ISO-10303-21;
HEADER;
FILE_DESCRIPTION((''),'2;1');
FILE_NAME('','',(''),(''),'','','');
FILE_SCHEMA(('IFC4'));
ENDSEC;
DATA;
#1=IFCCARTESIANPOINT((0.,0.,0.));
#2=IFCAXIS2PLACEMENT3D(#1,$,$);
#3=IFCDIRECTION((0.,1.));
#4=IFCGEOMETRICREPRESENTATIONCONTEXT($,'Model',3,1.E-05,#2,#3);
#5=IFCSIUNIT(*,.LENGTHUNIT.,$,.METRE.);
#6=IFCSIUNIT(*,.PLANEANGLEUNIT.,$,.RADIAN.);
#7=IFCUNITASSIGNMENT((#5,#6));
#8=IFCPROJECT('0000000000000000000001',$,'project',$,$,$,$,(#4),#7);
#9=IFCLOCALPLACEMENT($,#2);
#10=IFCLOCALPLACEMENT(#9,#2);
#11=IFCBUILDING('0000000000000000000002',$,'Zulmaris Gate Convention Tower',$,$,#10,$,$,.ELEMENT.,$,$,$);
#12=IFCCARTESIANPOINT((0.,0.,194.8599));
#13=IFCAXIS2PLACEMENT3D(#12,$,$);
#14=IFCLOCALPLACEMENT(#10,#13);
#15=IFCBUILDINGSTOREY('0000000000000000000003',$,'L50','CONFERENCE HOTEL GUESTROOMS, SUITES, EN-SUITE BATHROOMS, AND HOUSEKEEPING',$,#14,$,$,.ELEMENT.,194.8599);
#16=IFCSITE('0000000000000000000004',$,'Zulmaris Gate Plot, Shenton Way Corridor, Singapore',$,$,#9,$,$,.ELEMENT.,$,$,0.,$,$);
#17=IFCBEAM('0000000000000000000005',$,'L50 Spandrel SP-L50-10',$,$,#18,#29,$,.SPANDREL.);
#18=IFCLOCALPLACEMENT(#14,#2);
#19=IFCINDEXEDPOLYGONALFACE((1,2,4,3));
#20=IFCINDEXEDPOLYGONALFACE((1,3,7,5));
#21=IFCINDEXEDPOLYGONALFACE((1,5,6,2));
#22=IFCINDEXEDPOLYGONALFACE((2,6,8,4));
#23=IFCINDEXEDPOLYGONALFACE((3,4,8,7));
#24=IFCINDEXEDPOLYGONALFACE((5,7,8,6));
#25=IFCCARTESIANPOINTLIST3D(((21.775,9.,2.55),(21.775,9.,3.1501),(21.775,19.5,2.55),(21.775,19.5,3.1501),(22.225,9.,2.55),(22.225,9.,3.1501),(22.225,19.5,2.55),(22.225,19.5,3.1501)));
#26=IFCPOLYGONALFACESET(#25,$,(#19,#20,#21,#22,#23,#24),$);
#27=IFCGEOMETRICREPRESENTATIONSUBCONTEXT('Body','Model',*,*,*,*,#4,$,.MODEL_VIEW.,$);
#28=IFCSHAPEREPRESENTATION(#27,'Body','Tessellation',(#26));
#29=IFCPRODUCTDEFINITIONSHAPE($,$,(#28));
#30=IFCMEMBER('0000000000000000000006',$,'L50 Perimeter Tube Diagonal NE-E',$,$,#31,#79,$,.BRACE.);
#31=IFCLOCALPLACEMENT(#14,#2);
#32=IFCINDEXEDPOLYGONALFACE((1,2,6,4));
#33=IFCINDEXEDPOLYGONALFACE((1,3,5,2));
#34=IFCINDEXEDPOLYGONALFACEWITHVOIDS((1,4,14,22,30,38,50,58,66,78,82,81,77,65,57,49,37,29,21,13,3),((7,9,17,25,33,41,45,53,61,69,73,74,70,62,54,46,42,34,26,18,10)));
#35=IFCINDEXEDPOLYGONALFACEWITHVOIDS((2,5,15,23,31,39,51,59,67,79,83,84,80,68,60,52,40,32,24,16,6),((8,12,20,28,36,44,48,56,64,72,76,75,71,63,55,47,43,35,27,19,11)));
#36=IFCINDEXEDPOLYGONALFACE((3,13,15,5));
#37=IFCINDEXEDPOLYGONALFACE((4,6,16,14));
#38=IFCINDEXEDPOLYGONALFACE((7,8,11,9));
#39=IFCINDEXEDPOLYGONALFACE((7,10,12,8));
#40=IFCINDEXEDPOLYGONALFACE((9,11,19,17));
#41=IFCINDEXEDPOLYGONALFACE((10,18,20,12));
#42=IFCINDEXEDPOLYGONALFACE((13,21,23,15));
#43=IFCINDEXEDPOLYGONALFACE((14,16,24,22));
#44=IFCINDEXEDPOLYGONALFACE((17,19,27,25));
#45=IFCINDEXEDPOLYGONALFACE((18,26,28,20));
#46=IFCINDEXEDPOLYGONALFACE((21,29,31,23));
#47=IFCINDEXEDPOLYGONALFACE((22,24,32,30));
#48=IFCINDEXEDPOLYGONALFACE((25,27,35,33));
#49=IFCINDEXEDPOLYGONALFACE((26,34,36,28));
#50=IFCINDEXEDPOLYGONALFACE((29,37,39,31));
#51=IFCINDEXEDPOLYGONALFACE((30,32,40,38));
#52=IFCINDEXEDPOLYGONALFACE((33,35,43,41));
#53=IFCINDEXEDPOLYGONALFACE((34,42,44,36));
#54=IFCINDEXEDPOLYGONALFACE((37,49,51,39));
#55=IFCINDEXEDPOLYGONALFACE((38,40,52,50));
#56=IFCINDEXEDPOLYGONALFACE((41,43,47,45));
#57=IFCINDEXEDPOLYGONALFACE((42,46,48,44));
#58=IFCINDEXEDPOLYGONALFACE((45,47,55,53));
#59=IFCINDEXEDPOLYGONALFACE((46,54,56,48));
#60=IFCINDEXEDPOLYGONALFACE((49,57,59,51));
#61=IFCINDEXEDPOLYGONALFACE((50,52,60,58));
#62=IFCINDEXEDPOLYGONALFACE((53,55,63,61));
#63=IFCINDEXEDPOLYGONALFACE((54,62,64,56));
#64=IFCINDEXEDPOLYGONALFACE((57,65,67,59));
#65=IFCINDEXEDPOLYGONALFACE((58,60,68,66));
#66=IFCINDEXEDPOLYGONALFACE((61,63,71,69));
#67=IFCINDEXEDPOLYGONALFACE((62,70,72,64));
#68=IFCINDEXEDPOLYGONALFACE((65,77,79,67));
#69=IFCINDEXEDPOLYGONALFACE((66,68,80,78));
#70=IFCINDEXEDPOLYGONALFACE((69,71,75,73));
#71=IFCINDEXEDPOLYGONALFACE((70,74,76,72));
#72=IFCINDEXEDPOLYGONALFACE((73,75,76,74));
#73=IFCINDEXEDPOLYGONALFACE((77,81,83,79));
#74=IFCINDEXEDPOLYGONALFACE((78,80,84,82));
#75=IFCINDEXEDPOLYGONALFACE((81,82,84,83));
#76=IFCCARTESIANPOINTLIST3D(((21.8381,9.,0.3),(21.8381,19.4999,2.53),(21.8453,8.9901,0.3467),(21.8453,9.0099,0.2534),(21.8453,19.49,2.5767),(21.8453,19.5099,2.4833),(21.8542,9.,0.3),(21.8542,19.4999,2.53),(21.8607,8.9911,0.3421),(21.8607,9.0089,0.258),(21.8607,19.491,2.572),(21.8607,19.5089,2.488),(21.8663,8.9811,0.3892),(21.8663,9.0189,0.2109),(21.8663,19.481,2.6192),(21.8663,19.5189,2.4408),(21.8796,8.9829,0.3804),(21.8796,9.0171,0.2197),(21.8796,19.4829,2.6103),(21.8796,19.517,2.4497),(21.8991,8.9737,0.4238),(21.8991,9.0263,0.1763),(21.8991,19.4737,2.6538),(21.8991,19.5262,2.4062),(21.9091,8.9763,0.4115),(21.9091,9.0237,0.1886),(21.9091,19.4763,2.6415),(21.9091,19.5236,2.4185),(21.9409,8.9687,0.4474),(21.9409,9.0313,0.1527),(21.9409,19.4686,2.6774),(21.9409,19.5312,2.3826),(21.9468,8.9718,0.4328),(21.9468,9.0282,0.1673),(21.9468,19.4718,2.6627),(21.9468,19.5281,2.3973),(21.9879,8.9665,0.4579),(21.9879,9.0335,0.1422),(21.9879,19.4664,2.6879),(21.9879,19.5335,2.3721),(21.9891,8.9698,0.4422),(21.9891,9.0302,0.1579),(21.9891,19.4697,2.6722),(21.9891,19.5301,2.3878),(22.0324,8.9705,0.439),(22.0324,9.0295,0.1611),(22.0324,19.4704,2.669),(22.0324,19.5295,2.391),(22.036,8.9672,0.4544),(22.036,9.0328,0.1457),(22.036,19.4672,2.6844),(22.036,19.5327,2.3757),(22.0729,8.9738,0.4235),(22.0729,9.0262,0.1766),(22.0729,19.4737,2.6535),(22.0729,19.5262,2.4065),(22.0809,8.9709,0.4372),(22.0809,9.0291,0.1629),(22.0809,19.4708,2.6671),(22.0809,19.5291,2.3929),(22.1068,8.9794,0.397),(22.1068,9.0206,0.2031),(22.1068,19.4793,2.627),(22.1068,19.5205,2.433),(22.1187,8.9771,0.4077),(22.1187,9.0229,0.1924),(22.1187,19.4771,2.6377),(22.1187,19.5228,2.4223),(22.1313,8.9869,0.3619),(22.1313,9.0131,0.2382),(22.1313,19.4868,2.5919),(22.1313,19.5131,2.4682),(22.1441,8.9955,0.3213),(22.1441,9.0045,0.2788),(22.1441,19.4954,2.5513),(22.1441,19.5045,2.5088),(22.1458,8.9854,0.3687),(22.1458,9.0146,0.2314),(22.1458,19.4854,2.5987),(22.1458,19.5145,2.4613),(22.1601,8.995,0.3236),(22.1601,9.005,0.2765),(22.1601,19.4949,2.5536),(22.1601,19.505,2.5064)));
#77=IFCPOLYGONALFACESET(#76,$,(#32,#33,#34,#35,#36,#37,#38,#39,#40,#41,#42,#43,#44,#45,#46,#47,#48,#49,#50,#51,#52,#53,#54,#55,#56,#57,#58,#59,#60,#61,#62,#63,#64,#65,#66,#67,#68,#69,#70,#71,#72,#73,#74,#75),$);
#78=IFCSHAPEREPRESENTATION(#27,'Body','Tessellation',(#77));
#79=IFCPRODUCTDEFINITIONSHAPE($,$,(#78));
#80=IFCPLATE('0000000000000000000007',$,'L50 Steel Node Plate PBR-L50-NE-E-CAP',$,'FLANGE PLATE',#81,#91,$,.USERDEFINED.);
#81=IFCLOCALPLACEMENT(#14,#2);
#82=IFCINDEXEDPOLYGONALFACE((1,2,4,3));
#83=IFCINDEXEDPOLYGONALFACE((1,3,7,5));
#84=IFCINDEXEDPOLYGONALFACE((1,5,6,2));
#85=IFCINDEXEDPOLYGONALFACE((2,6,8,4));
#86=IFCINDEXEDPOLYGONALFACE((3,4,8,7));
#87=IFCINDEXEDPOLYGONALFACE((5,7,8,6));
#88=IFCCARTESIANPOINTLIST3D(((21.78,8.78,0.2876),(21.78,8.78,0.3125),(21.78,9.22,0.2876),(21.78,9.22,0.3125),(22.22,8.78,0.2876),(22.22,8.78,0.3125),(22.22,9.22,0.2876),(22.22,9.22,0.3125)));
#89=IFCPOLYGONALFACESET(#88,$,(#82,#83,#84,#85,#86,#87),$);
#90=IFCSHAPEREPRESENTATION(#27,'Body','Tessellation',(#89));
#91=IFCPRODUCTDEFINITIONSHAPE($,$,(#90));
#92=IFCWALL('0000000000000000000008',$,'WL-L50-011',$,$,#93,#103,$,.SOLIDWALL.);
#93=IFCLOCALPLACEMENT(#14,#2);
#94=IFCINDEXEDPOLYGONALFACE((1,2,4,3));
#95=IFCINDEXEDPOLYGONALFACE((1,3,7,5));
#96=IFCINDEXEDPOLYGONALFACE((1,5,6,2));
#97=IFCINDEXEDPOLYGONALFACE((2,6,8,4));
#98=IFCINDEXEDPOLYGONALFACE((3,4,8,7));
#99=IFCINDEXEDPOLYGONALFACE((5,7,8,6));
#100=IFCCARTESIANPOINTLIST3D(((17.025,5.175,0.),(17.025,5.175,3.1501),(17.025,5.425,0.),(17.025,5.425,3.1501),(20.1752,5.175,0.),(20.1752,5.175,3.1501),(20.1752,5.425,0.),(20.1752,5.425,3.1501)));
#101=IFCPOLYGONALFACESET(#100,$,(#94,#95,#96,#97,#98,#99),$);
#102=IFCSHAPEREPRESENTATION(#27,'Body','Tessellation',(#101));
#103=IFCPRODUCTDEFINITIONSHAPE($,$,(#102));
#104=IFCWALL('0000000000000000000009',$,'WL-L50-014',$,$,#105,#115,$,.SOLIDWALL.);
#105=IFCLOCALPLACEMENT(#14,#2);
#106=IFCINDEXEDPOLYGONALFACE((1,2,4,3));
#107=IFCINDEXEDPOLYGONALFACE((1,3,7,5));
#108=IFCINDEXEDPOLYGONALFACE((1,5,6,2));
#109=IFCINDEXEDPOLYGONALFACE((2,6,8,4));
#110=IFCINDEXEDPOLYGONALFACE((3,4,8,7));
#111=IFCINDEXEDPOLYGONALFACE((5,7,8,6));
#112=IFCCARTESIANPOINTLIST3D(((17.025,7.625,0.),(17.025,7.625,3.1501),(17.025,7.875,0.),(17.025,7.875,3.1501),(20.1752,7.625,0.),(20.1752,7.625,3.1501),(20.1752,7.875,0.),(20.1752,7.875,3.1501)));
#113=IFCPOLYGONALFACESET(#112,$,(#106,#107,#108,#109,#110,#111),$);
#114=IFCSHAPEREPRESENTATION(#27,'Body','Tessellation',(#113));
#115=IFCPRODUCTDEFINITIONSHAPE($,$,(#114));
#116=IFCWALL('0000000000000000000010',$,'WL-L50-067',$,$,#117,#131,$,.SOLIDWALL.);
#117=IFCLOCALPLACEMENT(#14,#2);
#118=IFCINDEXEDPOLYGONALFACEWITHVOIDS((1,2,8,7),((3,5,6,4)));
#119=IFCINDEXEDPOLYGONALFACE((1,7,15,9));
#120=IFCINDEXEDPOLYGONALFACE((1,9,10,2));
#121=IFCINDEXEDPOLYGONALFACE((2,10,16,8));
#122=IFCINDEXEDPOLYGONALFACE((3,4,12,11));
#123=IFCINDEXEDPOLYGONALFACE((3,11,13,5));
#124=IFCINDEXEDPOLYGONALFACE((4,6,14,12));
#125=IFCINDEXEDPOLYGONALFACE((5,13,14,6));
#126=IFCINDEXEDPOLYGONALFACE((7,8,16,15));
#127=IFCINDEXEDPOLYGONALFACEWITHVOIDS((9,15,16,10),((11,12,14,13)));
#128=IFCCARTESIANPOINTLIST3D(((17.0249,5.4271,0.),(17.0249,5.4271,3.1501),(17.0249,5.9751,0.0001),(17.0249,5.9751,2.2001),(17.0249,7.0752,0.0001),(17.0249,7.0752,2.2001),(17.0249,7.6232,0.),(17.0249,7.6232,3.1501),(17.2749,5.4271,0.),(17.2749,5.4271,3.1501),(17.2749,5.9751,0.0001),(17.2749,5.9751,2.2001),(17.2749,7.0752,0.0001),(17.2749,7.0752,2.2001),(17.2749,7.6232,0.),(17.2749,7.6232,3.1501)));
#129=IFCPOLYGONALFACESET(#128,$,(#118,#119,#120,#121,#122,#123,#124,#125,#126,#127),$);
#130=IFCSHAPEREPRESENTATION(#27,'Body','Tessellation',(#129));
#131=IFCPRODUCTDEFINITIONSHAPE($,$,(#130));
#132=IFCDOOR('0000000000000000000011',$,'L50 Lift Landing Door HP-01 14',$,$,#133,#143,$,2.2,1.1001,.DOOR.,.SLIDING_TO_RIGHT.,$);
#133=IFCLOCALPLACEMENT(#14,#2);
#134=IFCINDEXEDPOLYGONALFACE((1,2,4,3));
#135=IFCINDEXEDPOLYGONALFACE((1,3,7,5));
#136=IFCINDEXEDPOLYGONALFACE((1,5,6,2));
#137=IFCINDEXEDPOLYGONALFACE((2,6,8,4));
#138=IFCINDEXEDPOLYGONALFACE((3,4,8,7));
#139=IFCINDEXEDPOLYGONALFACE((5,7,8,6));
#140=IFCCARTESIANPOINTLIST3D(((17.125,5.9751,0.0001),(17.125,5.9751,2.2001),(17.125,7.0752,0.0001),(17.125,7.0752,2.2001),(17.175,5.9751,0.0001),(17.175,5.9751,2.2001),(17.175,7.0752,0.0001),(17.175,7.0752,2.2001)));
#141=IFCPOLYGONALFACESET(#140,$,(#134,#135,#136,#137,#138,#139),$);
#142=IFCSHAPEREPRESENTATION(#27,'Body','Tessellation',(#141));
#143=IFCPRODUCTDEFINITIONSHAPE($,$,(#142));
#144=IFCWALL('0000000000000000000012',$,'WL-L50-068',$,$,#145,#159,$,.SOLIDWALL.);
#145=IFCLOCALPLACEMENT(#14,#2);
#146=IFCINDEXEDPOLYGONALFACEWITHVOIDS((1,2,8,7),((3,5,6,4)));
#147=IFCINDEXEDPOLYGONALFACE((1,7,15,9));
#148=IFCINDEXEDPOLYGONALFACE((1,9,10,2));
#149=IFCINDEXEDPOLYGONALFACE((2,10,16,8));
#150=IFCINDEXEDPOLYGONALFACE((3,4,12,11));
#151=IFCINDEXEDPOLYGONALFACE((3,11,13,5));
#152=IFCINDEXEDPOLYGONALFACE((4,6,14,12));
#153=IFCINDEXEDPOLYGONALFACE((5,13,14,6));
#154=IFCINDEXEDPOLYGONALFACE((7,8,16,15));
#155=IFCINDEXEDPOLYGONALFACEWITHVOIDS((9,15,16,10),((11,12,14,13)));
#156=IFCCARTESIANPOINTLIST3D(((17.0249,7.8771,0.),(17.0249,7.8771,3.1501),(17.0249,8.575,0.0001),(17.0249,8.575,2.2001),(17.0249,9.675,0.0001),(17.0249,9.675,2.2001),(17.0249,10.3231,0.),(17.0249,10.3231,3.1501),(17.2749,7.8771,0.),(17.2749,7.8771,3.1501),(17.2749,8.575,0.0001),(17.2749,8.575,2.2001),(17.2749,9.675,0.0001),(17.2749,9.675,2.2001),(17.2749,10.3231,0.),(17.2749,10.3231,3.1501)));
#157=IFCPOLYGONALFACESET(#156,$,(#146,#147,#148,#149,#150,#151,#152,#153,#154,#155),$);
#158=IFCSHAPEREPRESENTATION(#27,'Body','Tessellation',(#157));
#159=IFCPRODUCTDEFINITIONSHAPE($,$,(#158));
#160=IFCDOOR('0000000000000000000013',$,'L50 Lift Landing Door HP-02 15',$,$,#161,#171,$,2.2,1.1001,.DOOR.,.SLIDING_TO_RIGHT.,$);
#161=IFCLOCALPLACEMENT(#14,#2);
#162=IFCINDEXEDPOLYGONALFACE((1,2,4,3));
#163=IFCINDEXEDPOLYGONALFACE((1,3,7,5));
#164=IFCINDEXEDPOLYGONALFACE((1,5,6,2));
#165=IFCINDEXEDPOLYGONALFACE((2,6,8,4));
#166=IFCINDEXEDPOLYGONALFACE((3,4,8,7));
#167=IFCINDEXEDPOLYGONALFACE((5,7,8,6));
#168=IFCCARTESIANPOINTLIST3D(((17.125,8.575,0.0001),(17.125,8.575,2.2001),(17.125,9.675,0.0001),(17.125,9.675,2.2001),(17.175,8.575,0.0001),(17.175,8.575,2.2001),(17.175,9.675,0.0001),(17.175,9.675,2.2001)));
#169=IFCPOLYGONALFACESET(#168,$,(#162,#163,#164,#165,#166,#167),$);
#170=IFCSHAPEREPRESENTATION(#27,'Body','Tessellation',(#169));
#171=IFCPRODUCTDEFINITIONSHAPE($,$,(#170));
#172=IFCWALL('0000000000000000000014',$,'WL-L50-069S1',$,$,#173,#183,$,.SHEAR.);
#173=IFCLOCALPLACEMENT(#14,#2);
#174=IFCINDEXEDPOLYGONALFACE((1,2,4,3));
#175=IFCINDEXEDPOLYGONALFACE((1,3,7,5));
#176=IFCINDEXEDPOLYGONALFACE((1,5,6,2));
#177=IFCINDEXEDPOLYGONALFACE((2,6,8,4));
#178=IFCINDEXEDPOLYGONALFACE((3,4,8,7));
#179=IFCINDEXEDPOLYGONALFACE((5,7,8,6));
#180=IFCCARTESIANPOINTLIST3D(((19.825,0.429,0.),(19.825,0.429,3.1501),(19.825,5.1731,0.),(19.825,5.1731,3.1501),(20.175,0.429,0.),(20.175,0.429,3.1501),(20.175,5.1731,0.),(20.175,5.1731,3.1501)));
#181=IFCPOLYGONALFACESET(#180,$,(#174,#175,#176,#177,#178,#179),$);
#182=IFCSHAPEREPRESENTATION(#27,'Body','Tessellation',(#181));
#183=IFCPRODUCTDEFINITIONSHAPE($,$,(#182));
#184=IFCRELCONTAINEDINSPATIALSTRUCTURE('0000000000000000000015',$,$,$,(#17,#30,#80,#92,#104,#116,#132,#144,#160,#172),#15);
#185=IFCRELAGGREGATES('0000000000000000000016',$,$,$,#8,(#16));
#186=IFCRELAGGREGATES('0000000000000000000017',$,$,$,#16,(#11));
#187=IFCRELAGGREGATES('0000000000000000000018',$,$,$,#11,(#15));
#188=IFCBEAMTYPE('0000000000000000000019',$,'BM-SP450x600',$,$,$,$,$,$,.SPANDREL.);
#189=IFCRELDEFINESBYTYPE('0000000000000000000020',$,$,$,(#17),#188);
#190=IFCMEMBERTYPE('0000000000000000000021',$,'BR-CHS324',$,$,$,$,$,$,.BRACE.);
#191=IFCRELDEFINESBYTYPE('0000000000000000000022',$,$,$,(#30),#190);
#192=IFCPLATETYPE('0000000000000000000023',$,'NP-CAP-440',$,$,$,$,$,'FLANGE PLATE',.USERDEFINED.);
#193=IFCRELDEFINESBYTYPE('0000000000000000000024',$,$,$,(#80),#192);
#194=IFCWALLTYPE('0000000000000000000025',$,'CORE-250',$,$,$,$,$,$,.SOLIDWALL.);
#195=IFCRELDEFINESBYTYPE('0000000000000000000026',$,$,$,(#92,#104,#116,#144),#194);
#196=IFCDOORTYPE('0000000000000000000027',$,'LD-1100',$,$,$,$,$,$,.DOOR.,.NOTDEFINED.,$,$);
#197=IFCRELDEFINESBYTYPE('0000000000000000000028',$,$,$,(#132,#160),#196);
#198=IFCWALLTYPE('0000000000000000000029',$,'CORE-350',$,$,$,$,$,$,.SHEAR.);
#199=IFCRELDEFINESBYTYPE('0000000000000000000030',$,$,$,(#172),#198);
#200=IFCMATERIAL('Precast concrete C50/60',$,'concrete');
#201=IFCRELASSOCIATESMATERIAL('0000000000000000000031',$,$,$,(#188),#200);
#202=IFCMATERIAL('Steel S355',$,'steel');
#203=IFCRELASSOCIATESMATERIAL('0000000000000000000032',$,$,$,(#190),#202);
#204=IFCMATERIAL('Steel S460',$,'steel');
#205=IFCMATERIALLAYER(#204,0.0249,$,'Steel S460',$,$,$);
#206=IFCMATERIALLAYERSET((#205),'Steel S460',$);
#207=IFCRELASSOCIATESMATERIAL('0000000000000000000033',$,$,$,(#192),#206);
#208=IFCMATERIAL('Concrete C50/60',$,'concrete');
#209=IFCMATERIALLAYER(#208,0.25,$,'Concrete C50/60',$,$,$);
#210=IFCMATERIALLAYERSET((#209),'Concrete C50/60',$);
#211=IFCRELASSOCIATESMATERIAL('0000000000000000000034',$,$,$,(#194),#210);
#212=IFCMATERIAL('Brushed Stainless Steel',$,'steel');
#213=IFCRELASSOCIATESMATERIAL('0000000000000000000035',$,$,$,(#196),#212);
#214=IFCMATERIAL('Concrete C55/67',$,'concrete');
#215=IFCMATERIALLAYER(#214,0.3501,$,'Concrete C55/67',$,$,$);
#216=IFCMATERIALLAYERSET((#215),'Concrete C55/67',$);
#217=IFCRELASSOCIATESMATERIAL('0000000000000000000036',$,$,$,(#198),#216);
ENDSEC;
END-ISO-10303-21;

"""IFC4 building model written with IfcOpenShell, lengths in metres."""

from ifc_helpers import new_model, si_unit, direction, frame, frame_2d, origin, origin_2d, place, context, subcontext, project, spatial, rectangle, hollow_circle, extrude, material, layer, layer_set, material_profile, profile_set, type_object, element, fill, save


model = new_model("IFC4")

# Units and contexts
model_context = context("Model", 3, precision=1e-05, world=origin(), true_north=direction((0.0, 1.0)))
body_context = subcontext(model_context, "Body", "Model", "MODEL_VIEW")
ifc_project = project(units=[si_unit("LENGTHUNIT", "METRE"), si_unit("PLANEANGLEUNIT", "RADIAN")], contexts=[model_context])

# Site, building, storey
site_placement = place(None, origin())
site = spatial("IfcSite", under=ifc_project, at=site_placement, Name="Zulmaris Gate Plot, Shenton Way Corridor, Singapore", CompositionType="ELEMENT", RefElevation=0.0)
building_placement = place(site_placement, origin())
building = spatial("IfcBuilding", under=site, at=building_placement, Name="Zulmaris Gate Convention Tower", CompositionType="ELEMENT")
storey_placement = place(building_placement, frame((0.0, 0.0, 194.8599)))
storey = spatial("IfcBuildingStorey", under=building, at=storey_placement, Name="L50", Description="CONFERENCE HOTEL GUESTROOMS, SUITES, EN-SUITE BATHROOMS, AND HOUSEKEEPING", CompositionType="ELEMENT", Elevation=194.8599)

# Beam
ifc_material_1 = material(Name="Steel S355", Category="steel")
ifc_material_2 = material(Name="Concrete C50/60", Category="concrete")
ifc_material_3 = material(Name="Precast concrete C50/60", Category="concrete")
ifc_material_profile_1 = material_profile(ifc_material_3, rectangle(XDim=0.45, YDim=0.6001, at=origin_2d()), Name="RC SPANDREL 450x600")
ifc_profile_set_1 = profile_set([ifc_material_profile_1], Name="Precast concrete C50/60")
beam_type_1 = type_object("IfcBeamType", Name="BM-SP450x600", PredefinedType="SPANDREL", material=ifc_profile_set_1)
beam_1_placement = place(storey_placement, frame((22.0, 9.0, 2.8501), z_axis=(0.0, 1.0, 0.0), x_axis=(-1.0, 0.0, 0.0)))
element("IfcBeam", 1, at=beam_1_placement, inside=storey, type_object=beam_type_1, Name="L50 Spandrel SP-L50-10", PredefinedType="SPANDREL", context=body_context, shape_type="SweptSolid", body=[
    extrude(rectangle(XDim=0.45, YDim=0.6001, at=origin_2d()), origin(), (0.0, 0.0, 1.0), 10.5),
])

# Member
ifc_material_profile_2 = material_profile(ifc_material_1, hollow_circle(Radius=0.1619, WallThickness=0.0161, at=origin_2d()), Name="CHS 323.9x16")
ifc_profile_set_2 = profile_set([ifc_material_profile_2], Name="Steel S355")
member_type = type_object("IfcMemberType", Name="BR-CHS324", PredefinedType="BRACE", material=ifc_profile_set_2)
member_placement = place(storey_placement, frame((22.0, 9.0, 0.3), z_axis=(0.0, 0.978183, 0.207746), x_axis=(-1.0, 0.0, 0.0)))
element("IfcMember", 2, at=member_placement, inside=storey, type_object=member_type, Name="L50 Perimeter Tube Diagonal NE-E", PredefinedType="BRACE", context=body_context, shape_type="SweptSolid", body=[
    extrude(hollow_circle(Radius=0.1619, WallThickness=0.0161, at=origin_2d()), origin(), (0.0, 0.0, 1.0), 10.7341),
])

# Plate
ifc_material_4 = material(Name="Steel S460", Category="steel")
ifc_layer_1 = layer(ifc_material_4, 0.0249, Name="Steel S460")
ifc_layer_set_1 = layer_set([ifc_layer_1], Name="Steel S460")
plate_type = type_object("IfcPlateType", Name="NP-CAP-440", ElementType="FLANGE PLATE", PredefinedType="USERDEFINED", material=ifc_layer_set_1)
plate_placement = place(storey_placement, frame((22.0, 9.0, 0.2876), z_axis=(0.0, 0.0, 1.0), x_axis=(1.0, 0.0, 0.0)))
element("IfcPlate", 3, at=plate_placement, inside=storey, type_object=plate_type, Name="L50 Steel Node Plate PBR-L50-NE-E-CAP", ObjectType="FLANGE PLATE", PredefinedType="USERDEFINED", context=body_context, shape_type="SweptSolid", body=[
    extrude(rectangle(XDim=0.4399, YDim=0.4399, at=origin_2d()), origin(), (0.0, 0.0, 1.0), 0.0249),
])

# Walls
ifc_layer_2 = layer(ifc_material_2, 0.25, Name="Concrete C50/60")
ifc_layer_set_2 = layer_set([ifc_layer_2], Name="Concrete C50/60")
wall_type_1 = type_object("IfcWallType", Name="CORE-250", PredefinedType="SOLIDWALL", material=ifc_layer_set_2)
for number, where, z_axis, x_axis, name in (
    (4, (17.0249, 5.3, 0.0), (0.0, 0.0, 1.0), (1.0, 0.0, 0.0), "WL-L50-011"),
    (5, (17.0249, 7.75, 0.0), (0.0, 0.0, 1.0), (1.0, 0.0, 0.0), "WL-L50-014"),
):
    element("IfcWall", number, at=place(storey_placement, frame(where, z_axis=z_axis, x_axis=x_axis)), inside=storey, type_object=wall_type_1, Name=name, PredefinedType="SOLIDWALL", context=body_context, shape_type="SweptSolid", body=[
        extrude(rectangle(XDim=3.1501, YDim=0.25, at=frame_2d((1.5752, 0.0))), origin(), (0.0, 0.0, 1.0), 3.1501),
    ])

# Walls, openings, doors
wall_1_placement = place(storey_placement, frame((17.1499, 5.427, 0.0), z_axis=(0.0, 0.0, 1.0), x_axis=(0.0, 1.0, 0.0)))
wall_1 = element("IfcWall", 6, at=wall_1_placement, inside=storey, type_object=wall_type_1, Name="WL-L50-067", PredefinedType="SOLIDWALL", context=body_context, shape_type="SweptSolid", body=[
    extrude(rectangle(XDim=2.196, YDim=0.25, at=frame_2d((1.0981, 0.0))), origin(), (0.0, 0.0, 1.0), 3.1501),
])
opening_1_placement = place(wall_1_placement, frame((0.5481, 0.0, 0.0)))
opening_1 = element("IfcOpeningElement", 7, at=opening_1_placement, cuts=wall_1, PredefinedType="OPENING", context=body_context, shape_type="SweptSolid", body=[
    extrude(rectangle(XDim=1.1001, YDim=2.2, at=frame_2d((0.55, 1.1001))), frame((0.0, 0.135, 0.0), z_axis=(0.0, -1.0, 0.0), x_axis=(1.0, 0.0, 0.0)), (0.0, 0.0, 1.0), 0.27),
])
ifc_material_5 = material(Name="Brushed Stainless Steel", Category="steel")
door_type = type_object("IfcDoorType", Name="LD-1100", OperationType="NOTDEFINED", PredefinedType="DOOR", material=ifc_material_5)
door_1_placement = place(opening_1_placement, origin())
door_1 = element("IfcDoor", 8, at=door_1_placement, inside=storey, type_object=door_type, Name="L50 Lift Landing Door HP-01 14", OperationType="SLIDING_TO_RIGHT", OverallHeight=2.2, OverallWidth=1.1001, PredefinedType="DOOR", context=body_context, shape_type="SweptSolid", body=[
    extrude(rectangle(XDim=1.1001, YDim=2.2, at=frame_2d((0.55, 1.1001))), frame((0.0, 0.0249, 0.0), z_axis=(0.0, -1.0, 0.0), x_axis=(1.0, 0.0, 0.0)), (0.0, 0.0, 1.0), 0.05),
])
fill(opening_1, door_1)
wall_2_placement = place(storey_placement, frame((17.1499, 7.877, 0.0), z_axis=(0.0, 0.0, 1.0), x_axis=(0.0, 1.0, 0.0)))
wall_2 = element("IfcWall", 9, at=wall_2_placement, inside=storey, type_object=wall_type_1, Name="WL-L50-068", PredefinedType="SOLIDWALL", context=body_context, shape_type="SweptSolid", body=[
    extrude(rectangle(XDim=2.446, YDim=0.25, at=frame_2d((1.2231, 0.0))), origin(), (0.0, 0.0, 1.0), 3.1501),
])
opening_2_placement = place(wall_2_placement, frame((0.698, 0.0, 0.0)))
opening_2 = element("IfcOpeningElement", 10, at=opening_2_placement, cuts=wall_2, PredefinedType="OPENING", context=body_context, shape_type="SweptSolid", body=[
    extrude(rectangle(XDim=1.1001, YDim=2.2, at=frame_2d((0.55, 1.1001))), frame((0.0, 0.135, 0.0), z_axis=(0.0, -1.0, 0.0), x_axis=(1.0, 0.0, 0.0)), (0.0, 0.0, 1.0), 0.27),
])
door_2_placement = place(opening_2_placement, origin())
door_2 = element("IfcDoor", 11, at=door_2_placement, inside=storey, type_object=door_type, Name="L50 Lift Landing Door HP-02 15", OperationType="SLIDING_TO_RIGHT", OverallHeight=2.2, OverallWidth=1.1001, PredefinedType="DOOR", context=body_context, shape_type="SweptSolid", body=[
    extrude(rectangle(XDim=1.1001, YDim=2.2, at=frame_2d((0.55, 1.1001))), frame((0.0, 0.0249, 0.0), z_axis=(0.0, -1.0, 0.0), x_axis=(1.0, 0.0, 0.0)), (0.0, 0.0, 1.0), 0.05),
])
fill(opening_2, door_2)

# Wall
ifc_material_6 = material(Name="Concrete C55/67", Category="concrete")
ifc_layer_3 = layer(ifc_material_6, 0.3501, Name="Concrete C55/67")
ifc_layer_set_3 = layer_set([ifc_layer_3], Name="Concrete C55/67")
wall_type_2 = type_object("IfcWallType", Name="CORE-350", PredefinedType="SHEAR", material=ifc_layer_set_3)
wall_3_placement = place(storey_placement, frame((20.0, 0.429, 0.0), z_axis=(0.0, 0.0, 1.0), x_axis=(0.0, 1.0, 0.0)))
element("IfcWall", 12, at=wall_3_placement, inside=storey, type_object=wall_type_2, Name="WL-L50-069S1", PredefinedType="SHEAR", context=body_context, shape_type="SweptSolid", body=[
    extrude(rectangle(XDim=4.7441, YDim=0.3501, at=frame_2d((2.3721, 0.0))), origin(), (0.0, 0.0, 1.0), 3.1501),
])

save(model, "model.ifc")
